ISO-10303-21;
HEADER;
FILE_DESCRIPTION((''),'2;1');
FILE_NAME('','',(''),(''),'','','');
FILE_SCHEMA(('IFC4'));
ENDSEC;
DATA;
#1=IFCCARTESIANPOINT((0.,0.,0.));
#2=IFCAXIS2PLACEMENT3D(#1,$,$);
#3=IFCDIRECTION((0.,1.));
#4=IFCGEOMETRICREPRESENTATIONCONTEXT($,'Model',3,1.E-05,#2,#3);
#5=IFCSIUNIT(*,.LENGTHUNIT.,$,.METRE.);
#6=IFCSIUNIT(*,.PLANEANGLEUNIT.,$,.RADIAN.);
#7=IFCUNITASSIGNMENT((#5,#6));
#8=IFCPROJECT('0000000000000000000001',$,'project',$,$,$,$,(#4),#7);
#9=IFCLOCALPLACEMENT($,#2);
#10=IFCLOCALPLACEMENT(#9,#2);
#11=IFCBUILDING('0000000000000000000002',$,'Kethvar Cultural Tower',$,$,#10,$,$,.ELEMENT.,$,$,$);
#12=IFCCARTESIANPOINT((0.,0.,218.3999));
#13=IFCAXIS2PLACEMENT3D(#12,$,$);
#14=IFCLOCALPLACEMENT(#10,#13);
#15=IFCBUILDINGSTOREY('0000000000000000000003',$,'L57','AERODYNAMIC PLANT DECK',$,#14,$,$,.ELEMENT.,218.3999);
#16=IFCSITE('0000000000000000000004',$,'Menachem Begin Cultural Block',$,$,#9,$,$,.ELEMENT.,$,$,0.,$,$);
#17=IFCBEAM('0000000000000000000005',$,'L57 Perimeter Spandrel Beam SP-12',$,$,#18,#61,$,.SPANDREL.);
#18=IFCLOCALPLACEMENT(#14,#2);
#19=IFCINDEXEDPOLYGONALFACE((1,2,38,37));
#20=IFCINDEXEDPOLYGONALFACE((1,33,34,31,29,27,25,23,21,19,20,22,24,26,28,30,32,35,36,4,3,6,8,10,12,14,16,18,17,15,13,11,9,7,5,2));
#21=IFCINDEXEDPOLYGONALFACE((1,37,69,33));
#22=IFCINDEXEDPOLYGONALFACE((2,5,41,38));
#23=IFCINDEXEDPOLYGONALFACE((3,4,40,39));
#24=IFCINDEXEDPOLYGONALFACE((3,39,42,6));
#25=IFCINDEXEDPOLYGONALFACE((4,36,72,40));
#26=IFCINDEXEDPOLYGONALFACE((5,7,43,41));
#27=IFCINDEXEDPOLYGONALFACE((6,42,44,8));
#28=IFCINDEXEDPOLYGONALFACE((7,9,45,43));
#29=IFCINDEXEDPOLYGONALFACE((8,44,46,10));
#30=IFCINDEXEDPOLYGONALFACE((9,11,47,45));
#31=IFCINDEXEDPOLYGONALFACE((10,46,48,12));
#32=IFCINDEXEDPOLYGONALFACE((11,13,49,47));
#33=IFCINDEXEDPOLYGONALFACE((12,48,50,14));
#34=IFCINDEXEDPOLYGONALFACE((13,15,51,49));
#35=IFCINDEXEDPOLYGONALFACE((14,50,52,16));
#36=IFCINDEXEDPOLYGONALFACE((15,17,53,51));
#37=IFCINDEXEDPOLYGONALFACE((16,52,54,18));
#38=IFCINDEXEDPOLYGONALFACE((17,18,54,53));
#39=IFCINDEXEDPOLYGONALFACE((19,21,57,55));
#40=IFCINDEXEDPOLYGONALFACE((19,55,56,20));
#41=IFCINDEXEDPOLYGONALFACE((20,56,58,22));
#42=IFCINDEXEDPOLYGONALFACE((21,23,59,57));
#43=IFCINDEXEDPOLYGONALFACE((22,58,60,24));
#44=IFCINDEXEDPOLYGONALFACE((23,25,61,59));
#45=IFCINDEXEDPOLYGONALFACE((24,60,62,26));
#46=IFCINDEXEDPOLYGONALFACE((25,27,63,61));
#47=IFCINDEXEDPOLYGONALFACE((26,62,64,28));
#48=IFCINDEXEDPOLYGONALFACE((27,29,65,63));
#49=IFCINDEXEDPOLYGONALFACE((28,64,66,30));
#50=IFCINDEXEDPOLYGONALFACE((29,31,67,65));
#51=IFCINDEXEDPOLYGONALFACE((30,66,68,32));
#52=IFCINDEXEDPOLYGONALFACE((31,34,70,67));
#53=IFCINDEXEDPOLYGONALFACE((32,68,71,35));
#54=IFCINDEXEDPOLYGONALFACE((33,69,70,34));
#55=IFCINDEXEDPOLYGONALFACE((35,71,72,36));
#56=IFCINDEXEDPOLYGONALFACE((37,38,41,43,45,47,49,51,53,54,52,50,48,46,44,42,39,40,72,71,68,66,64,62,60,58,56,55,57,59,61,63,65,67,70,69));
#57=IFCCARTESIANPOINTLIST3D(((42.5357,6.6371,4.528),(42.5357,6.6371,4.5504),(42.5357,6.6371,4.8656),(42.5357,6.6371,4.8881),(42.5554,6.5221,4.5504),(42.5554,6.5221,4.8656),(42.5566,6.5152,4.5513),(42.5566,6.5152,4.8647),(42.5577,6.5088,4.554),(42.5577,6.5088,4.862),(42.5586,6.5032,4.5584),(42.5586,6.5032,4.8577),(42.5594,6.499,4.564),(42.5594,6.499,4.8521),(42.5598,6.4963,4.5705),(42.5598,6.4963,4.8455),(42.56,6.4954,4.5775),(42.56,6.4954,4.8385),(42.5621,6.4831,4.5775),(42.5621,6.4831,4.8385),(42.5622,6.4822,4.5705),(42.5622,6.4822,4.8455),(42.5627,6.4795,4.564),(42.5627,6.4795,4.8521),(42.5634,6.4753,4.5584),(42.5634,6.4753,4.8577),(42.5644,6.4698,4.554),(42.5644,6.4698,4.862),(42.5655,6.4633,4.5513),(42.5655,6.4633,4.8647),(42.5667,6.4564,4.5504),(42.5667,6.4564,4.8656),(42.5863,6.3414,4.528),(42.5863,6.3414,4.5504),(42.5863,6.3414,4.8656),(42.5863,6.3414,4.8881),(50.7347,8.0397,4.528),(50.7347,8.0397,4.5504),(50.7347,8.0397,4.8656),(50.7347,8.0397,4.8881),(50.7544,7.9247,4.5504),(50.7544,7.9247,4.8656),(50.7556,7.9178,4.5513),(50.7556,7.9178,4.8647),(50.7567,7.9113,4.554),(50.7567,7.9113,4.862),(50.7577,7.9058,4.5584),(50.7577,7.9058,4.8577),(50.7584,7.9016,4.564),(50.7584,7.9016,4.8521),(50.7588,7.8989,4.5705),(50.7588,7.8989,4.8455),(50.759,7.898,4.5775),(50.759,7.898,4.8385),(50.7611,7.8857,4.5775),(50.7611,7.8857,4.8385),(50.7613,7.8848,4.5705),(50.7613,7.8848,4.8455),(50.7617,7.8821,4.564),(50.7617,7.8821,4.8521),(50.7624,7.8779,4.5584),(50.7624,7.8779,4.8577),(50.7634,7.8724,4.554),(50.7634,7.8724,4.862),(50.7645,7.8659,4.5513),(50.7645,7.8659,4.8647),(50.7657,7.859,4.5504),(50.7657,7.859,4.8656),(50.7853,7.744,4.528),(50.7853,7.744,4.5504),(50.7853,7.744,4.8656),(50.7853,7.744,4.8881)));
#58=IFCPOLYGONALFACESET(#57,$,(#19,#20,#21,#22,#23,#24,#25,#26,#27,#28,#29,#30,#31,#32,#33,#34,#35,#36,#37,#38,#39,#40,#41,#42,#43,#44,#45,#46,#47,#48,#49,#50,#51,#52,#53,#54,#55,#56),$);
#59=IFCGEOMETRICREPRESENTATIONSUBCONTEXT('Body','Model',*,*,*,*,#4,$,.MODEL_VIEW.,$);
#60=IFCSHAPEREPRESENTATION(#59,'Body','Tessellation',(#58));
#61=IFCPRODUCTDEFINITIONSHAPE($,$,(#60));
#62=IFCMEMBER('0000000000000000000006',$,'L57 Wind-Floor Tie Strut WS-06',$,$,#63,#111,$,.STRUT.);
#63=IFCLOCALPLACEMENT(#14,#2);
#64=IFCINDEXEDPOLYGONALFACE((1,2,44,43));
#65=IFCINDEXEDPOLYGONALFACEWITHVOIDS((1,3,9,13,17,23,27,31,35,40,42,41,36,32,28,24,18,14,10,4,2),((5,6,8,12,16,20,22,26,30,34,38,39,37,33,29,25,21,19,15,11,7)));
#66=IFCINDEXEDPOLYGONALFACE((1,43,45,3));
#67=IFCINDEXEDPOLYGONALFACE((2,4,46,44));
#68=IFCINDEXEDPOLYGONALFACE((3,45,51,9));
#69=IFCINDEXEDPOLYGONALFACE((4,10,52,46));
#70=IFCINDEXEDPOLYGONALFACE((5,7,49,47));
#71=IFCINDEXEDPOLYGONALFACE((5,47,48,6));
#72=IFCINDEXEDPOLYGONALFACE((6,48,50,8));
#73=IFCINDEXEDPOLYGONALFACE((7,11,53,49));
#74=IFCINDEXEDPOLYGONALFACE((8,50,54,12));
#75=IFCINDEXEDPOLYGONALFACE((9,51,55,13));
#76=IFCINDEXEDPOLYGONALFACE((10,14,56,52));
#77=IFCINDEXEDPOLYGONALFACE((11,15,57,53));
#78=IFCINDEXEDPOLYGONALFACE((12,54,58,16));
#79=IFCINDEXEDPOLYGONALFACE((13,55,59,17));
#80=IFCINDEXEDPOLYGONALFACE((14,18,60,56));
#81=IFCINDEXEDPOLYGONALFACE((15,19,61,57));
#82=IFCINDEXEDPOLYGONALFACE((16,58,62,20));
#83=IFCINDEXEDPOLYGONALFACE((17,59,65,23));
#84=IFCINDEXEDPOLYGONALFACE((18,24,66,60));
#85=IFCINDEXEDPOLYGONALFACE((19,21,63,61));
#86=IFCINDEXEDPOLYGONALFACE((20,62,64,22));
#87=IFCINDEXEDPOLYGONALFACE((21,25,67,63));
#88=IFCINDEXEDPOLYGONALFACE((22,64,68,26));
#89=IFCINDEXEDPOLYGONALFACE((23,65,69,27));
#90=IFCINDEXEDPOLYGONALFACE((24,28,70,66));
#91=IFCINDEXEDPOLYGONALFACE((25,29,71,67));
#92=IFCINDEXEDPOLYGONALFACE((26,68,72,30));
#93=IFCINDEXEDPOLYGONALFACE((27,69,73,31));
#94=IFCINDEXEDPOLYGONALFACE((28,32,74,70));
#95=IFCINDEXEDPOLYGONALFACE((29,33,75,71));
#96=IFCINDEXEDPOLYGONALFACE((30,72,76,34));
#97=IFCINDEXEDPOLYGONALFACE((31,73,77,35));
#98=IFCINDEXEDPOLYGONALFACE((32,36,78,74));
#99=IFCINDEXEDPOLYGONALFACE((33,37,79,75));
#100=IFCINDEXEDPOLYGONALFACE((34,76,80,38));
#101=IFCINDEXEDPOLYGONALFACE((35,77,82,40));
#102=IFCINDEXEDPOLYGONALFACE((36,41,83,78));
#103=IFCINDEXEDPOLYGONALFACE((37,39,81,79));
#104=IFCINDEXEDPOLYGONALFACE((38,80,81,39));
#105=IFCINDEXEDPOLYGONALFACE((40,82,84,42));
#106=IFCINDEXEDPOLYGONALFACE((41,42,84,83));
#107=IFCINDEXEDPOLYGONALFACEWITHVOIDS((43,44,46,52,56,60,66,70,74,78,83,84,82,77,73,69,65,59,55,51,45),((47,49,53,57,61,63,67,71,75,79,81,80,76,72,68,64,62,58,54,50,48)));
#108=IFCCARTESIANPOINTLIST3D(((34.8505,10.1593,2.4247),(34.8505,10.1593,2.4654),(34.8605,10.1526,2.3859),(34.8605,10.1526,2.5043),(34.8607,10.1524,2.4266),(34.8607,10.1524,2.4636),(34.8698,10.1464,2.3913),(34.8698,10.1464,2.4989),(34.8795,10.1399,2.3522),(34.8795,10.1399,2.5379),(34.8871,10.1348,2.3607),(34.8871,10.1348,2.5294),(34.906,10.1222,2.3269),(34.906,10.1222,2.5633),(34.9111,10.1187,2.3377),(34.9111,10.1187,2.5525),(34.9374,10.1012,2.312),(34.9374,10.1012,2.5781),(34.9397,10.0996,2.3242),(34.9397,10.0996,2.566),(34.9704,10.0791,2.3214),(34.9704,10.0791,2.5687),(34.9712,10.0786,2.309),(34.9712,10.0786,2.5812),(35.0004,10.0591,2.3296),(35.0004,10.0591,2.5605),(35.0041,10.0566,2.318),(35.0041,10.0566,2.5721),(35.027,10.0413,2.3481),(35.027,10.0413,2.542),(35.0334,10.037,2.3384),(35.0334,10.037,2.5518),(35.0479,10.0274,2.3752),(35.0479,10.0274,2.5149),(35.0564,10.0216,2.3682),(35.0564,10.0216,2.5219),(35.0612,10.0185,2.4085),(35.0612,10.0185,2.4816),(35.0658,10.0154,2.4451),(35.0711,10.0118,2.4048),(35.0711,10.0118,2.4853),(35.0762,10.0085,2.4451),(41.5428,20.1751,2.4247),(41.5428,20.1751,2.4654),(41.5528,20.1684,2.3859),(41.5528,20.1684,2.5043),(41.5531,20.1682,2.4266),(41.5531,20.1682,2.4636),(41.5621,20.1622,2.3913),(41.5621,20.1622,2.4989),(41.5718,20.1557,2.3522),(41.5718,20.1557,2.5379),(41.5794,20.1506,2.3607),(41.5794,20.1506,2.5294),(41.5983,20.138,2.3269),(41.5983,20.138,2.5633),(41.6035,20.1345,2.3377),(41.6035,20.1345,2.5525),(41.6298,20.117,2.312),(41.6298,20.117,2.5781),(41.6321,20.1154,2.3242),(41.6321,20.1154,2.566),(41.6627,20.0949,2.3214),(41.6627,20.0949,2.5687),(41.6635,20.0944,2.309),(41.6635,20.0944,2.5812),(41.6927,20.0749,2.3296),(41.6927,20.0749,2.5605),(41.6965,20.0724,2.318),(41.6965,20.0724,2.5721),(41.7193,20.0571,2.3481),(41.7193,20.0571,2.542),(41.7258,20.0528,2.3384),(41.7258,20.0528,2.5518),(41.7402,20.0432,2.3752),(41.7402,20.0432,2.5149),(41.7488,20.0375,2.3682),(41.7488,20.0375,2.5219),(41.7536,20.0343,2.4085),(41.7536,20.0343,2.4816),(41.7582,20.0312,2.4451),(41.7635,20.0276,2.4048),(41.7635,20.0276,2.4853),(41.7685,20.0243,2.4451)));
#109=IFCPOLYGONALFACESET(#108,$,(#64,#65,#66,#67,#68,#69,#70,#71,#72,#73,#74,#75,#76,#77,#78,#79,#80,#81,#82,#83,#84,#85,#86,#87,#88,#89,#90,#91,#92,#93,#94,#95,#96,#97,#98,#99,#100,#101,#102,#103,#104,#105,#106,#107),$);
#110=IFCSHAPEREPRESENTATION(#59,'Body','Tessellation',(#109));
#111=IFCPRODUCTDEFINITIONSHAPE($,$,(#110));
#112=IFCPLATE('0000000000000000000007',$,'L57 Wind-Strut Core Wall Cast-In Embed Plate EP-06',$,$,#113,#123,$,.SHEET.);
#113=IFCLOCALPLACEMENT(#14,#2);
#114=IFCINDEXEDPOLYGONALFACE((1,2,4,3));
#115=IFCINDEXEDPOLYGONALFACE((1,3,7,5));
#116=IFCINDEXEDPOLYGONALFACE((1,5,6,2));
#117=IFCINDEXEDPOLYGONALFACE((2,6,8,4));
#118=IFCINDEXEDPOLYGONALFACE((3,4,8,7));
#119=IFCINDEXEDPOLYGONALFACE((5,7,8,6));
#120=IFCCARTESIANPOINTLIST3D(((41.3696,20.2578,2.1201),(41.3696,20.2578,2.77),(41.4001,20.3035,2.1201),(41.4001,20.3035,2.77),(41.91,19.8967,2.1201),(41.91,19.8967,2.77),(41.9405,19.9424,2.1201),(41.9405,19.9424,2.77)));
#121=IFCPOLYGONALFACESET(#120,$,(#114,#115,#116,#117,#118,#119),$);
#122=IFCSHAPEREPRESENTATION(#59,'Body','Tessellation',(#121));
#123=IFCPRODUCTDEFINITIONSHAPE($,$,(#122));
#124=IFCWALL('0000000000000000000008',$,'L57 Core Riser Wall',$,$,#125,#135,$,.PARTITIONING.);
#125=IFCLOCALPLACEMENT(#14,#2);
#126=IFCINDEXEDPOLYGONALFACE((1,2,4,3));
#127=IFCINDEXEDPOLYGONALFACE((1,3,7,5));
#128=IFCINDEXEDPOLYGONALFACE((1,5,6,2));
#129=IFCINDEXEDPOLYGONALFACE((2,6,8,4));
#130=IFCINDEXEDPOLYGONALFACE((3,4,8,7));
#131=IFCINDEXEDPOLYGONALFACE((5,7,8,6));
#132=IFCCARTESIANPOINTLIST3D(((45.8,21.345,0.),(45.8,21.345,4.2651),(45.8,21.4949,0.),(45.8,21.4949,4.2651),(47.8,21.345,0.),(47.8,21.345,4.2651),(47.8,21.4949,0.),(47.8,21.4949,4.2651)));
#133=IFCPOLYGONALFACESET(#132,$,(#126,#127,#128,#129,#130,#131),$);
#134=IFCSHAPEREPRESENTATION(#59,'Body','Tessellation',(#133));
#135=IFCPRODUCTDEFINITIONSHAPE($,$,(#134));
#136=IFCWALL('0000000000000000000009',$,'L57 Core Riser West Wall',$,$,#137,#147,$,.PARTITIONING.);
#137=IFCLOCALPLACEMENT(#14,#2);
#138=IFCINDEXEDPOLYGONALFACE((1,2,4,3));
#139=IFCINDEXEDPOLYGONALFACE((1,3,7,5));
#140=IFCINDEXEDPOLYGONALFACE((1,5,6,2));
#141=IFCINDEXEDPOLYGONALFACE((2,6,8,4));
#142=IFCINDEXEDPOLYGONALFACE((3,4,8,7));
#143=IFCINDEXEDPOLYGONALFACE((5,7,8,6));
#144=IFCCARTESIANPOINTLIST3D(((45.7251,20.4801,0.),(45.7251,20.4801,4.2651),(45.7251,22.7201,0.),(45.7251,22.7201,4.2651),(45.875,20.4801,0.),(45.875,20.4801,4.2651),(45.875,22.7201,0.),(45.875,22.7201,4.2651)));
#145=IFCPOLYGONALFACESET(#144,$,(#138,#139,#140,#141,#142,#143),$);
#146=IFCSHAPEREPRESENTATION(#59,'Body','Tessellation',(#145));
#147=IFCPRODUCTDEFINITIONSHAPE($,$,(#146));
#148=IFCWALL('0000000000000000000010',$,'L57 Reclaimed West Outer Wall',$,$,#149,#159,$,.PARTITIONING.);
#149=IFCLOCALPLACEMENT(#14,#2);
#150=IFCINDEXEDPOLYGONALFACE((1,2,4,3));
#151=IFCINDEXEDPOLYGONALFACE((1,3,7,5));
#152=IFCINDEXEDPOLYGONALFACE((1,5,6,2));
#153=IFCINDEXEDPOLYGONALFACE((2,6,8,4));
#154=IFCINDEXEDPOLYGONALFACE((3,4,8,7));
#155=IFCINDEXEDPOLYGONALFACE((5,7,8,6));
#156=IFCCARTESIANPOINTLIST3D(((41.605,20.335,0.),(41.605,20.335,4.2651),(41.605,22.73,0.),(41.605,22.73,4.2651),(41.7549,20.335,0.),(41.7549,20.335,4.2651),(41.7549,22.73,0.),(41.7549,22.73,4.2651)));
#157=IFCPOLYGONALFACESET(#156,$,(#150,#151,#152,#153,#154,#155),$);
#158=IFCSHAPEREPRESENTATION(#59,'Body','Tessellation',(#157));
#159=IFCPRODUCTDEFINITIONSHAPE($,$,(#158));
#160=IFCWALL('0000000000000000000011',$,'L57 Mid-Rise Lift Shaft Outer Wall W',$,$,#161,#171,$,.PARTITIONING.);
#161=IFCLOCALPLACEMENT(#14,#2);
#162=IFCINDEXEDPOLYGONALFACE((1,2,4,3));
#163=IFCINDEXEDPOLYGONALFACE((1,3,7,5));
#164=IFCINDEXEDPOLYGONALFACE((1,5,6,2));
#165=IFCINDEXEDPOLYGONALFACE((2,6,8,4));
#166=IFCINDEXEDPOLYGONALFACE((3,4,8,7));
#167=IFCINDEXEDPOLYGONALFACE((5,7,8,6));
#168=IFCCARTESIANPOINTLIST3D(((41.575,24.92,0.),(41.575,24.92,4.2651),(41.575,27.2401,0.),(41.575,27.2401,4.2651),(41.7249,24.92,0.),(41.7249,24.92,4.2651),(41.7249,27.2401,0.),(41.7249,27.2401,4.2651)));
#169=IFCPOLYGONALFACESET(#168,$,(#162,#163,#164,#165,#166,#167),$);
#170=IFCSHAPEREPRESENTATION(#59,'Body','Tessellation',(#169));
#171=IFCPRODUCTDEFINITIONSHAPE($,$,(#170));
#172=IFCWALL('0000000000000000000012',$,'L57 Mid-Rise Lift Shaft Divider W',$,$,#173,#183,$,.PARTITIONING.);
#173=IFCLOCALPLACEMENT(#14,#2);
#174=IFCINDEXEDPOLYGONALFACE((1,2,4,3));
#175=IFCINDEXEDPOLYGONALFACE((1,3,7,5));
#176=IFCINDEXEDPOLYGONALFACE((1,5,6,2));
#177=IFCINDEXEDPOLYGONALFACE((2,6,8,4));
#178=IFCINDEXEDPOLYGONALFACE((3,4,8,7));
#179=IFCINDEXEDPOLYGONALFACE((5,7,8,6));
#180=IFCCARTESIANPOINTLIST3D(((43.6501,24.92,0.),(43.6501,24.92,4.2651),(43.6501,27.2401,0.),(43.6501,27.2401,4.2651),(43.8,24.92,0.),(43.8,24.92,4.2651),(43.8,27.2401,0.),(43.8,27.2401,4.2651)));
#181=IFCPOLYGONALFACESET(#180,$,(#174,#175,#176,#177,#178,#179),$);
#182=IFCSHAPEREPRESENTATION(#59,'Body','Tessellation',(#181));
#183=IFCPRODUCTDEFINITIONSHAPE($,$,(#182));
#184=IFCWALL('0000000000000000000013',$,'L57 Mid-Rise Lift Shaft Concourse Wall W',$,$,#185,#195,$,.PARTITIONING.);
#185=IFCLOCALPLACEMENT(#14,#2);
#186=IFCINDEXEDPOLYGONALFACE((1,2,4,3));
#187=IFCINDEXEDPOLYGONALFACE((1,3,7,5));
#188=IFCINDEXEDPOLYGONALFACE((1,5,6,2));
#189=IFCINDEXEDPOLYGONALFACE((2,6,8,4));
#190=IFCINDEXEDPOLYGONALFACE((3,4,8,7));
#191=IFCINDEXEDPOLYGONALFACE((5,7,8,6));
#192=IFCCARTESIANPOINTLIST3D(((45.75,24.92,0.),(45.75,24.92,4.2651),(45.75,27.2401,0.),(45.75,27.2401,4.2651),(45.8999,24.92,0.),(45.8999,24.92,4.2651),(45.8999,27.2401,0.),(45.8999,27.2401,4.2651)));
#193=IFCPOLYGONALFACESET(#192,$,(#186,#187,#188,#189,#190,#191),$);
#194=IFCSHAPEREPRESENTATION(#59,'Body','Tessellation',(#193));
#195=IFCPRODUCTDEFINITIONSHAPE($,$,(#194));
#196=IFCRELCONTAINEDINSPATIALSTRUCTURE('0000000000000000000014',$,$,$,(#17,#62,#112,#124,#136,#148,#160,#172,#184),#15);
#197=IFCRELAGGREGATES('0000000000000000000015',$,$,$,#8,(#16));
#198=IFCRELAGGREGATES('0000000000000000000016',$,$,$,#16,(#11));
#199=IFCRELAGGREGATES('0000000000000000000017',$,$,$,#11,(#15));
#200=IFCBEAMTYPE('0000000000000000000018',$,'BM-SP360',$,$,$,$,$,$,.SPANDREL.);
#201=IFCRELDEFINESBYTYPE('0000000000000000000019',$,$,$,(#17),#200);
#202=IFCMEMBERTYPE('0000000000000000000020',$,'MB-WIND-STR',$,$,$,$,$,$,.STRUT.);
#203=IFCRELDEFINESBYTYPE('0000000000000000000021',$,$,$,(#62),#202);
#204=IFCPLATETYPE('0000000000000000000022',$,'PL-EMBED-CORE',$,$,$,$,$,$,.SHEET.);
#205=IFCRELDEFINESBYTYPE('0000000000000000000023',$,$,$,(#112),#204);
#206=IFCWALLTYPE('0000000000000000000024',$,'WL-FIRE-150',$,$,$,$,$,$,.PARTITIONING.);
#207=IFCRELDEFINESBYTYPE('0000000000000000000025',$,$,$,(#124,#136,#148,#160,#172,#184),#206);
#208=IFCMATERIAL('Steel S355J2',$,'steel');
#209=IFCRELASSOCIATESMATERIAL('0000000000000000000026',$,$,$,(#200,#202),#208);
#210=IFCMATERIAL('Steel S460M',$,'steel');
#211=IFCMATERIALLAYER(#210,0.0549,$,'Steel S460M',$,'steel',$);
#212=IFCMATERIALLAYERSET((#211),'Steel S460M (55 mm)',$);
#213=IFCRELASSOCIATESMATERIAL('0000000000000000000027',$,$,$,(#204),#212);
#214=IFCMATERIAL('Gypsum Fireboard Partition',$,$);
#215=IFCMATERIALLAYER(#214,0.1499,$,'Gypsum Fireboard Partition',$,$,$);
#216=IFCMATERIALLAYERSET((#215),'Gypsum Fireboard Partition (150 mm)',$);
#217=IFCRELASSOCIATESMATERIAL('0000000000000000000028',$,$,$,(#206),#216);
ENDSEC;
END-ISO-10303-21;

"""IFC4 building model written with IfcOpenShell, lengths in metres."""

from ifc_helpers import new_model, si_unit, direction, frame, frame_2d, origin, origin_2d, place, context, subcontext, project, spatial, rectangle, hollow_circle, i_section, extrude, source, transform, mapped, material, layer, layer_set, material_profile, profile_set, type_object, element, save


model = new_model("IFC4")

# Units and contexts
model_context = context("Model", 3, precision=1e-05, world=origin(), true_north=direction((0.0, 1.0)))
body_context = subcontext(model_context, "Body", "Model", "MODEL_VIEW")
ifc_project = project(units=[si_unit("LENGTHUNIT", "METRE"), si_unit("PLANEANGLEUNIT", "RADIAN")], contexts=[model_context])

# Site, building, storey
site_placement = place(None, origin())
site = spatial("IfcSite", under=ifc_project, at=site_placement, Name="Menachem Begin Cultural Block", CompositionType="ELEMENT", RefElevation=0.0)
building_placement = place(site_placement, origin())
building = spatial("IfcBuilding", under=site, at=building_placement, Name="Kethvar Cultural Tower", CompositionType="ELEMENT")
storey_placement = place(building_placement, frame((0.0, 0.0, 218.3999)))
storey = spatial("IfcBuildingStorey", under=building, at=storey_placement, Name="L57", Description="AERODYNAMIC PLANT DECK", CompositionType="ELEMENT", Elevation=218.3999)

# Shared definitions
ifc_material_1 = material(Name="Steel S460M", Category="steel")

# Beam
ifc_material_2 = material(Name="Steel S355J2", Category="steel")
ifc_material_profile_1 = material_profile(ifc_material_2, i_section(OverallWidth=0.3, OverallDepth=0.3601, WebThickness=0.0125, FlangeThickness=0.0225, FilletRadius=0.0271, at=origin_2d()), Name="Steel S355J2 — HEB360")
ifc_profile_set_1 = profile_set([ifc_material_profile_1], Name="Steel S355J2 — HEB360")
beam_type_1 = type_object("IfcBeamType", Name="BM-SP360", PredefinedType="SPANDREL", material=ifc_profile_set_1)
shared_shape_1 = source(origin(), body_context, "Body", "SweptSolid", [
    extrude(i_section(OverallWidth=0.3, OverallDepth=0.3601, WebThickness=0.0125, FlangeThickness=0.0225, FilletRadius=0.0271, at=origin_2d()), origin(), (0.0, 0.0, 1.0), 8.3181),
])
beam_1_placement = place(storey_placement, frame((42.561, 6.4893, 4.708), z_axis=(0.985681, 0.168619, 0.0), x_axis=(-0.168619, 0.985681, 0.0)))
element("IfcBeam", 1, at=beam_1_placement, inside=storey, type_object=beam_type_1, Name="L57 Perimeter Spandrel Beam SP-12", PredefinedType="SPANDREL", context=body_context, shape_type="MappedRepresentation", body=[
    mapped(shared_shape_1, transform((0.0, 0.0, 0.0), scale=1.0)),
])

# Member
ifc_material_profile_2 = material_profile(ifc_material_2, hollow_circle(Radius=0.1365, WallThickness=0.0125, at=origin_2d()), Name="Steel S355J2 — CHS273x12.5")
ifc_profile_set_2 = profile_set([ifc_material_profile_2], Name="Steel S355J2 — CHS273x12.5")
member_type = type_object("IfcMemberType", Name="MB-WIND-STR", PredefinedType="STRUT", material=ifc_profile_set_2)
shared_shape_2 = source(origin(), body_context, "Body", "SweptSolid", [
    extrude(hollow_circle(Radius=0.1365, WallThickness=0.0125, at=origin_2d()), origin(), (0.0, 0.0, 1.0), 12.0459),
])
member_placement = place(storey_placement, frame((41.655, 20.1001, 2.4451), z_axis=(-0.55557, -0.83147, 0.0), x_axis=(0.83147, -0.55557, 0.0)))
element("IfcMember", 2, at=member_placement, inside=storey, type_object=member_type, Name="L57 Wind-Floor Tie Strut WS-06", PredefinedType="STRUT", context=body_context, shape_type="MappedRepresentation", body=[
    mapped(shared_shape_2, transform((0.0, 0.0, 0.0), scale=1.0)),
])

# Plate
ifc_layer_1 = layer(ifc_material_1, 0.0549, Name="Steel S460M", Category="steel")
ifc_layer_set_1 = layer_set([ifc_layer_1], Name="Steel S460M (55 mm)")
plate_type = type_object("IfcPlateType", Name="PL-EMBED-CORE", PredefinedType="SHEET", material=ifc_layer_set_1)
shared_shape_3 = source(origin(), body_context, "Body", "SweptSolid", [
    extrude(rectangle(XDim=0.0549, YDim=0.6499, at=origin_2d()), origin(), (0.0, 0.0, 1.0), 0.6499),
])
plate_placement = place(storey_placement, frame((41.655, 20.1001, 2.1201), z_axis=(0.0, 0.0, 1.0), x_axis=(-0.55557, -0.83147, 0.0)))
element("IfcPlate", 3, at=plate_placement, inside=storey, type_object=plate_type, Name="L57 Wind-Strut Core Wall Cast-In Embed Plate EP-06", PredefinedType="SHEET", context=body_context, shape_type="MappedRepresentation", body=[
    mapped(shared_shape_3, transform((0.0, 0.0, 0.0), scale=1.0)),
])

# Walls
ifc_material_3 = material(Name="Gypsum Fireboard Partition")
ifc_layer_2 = layer(ifc_material_3, 0.1499, Name="Gypsum Fireboard Partition")
ifc_layer_set_2 = layer_set([ifc_layer_2], Name="Gypsum Fireboard Partition (150 mm)")
wall_type_1 = type_object("IfcWallType", Name="WL-FIRE-150", PredefinedType="PARTITIONING", material=ifc_layer_set_2)
wall_1_placement = place(storey_placement, frame((45.8, 21.4199, 0.0), z_axis=(0.0, 0.0, 1.0), x_axis=(1.0, 0.0, 0.0)))
element("IfcWall", 4, at=wall_1_placement, inside=storey, type_object=wall_type_1, Name="L57 Core Riser Wall", PredefinedType="PARTITIONING", context=body_context, shape_type="SweptSolid", body=[
    extrude(rectangle(XDim=2.0, YDim=0.1499, at=frame_2d((1.0, 0.0))), origin(), (0.0, 0.0, 1.0), 4.2651),
])
wall_2_placement = place(storey_placement, frame((45.8, 20.48, 0.0), z_axis=(0.0, 0.0, 1.0), x_axis=(0.0, 1.0, 0.0)))
element("IfcWall", 5, at=wall_2_placement, inside=storey, type_object=wall_type_1, Name="L57 Core Riser West Wall", PredefinedType="PARTITIONING", context=body_context, shape_type="SweptSolid", body=[
    extrude(rectangle(XDim=2.24, YDim=0.1499, at=frame_2d((1.1201, 0.0))), origin(), (0.0, 0.0, 1.0), 4.2651),
])
wall_3_placement = place(storey_placement, frame((41.6799, 20.335, 0.0), z_axis=(0.0, 0.0, 1.0), x_axis=(0.0, 1.0, 0.0)))
element("IfcWall", 6, at=wall_3_placement, inside=storey, type_object=wall_type_1, Name="L57 Reclaimed West Outer Wall", PredefinedType="PARTITIONING", context=body_context, shape_type="SweptSolid", body=[
    extrude(rectangle(XDim=2.395, YDim=0.1499, at=frame_2d((1.1975, 0.0))), origin(), (0.0, 0.0, 1.0), 4.2651),
])
for number, where, z_axis, x_axis, name in (
    (7, (41.6499, 24.9199, 0.0), (0.0, 0.0, 1.0), (0.0, 1.0, 0.0), "L57 Mid-Rise Lift Shaft Outer Wall W"),
    (8, (43.7251, 24.9199, 0.0), (0.0, 0.0, 1.0), (0.0, 1.0, 0.0), "L57 Mid-Rise Lift Shaft Divider W"),
    (9, (45.825, 24.9199, 0.0), (0.0, 0.0, 1.0), (0.0, 1.0, 0.0), "L57 Mid-Rise Lift Shaft Concourse Wall W"),
):
    element("IfcWall", number, at=place(storey_placement, frame(where, z_axis=z_axis, x_axis=x_axis)), inside=storey, type_object=wall_type_1, Name=name, PredefinedType="PARTITIONING", context=body_context, shape_type="SweptSolid", body=[
        extrude(rectangle(XDim=2.3201, YDim=0.1499, at=frame_2d((1.1602, 0.0))), origin(), (0.0, 0.0, 1.0), 4.2651),
    ])

save(model, "model.ifc")
